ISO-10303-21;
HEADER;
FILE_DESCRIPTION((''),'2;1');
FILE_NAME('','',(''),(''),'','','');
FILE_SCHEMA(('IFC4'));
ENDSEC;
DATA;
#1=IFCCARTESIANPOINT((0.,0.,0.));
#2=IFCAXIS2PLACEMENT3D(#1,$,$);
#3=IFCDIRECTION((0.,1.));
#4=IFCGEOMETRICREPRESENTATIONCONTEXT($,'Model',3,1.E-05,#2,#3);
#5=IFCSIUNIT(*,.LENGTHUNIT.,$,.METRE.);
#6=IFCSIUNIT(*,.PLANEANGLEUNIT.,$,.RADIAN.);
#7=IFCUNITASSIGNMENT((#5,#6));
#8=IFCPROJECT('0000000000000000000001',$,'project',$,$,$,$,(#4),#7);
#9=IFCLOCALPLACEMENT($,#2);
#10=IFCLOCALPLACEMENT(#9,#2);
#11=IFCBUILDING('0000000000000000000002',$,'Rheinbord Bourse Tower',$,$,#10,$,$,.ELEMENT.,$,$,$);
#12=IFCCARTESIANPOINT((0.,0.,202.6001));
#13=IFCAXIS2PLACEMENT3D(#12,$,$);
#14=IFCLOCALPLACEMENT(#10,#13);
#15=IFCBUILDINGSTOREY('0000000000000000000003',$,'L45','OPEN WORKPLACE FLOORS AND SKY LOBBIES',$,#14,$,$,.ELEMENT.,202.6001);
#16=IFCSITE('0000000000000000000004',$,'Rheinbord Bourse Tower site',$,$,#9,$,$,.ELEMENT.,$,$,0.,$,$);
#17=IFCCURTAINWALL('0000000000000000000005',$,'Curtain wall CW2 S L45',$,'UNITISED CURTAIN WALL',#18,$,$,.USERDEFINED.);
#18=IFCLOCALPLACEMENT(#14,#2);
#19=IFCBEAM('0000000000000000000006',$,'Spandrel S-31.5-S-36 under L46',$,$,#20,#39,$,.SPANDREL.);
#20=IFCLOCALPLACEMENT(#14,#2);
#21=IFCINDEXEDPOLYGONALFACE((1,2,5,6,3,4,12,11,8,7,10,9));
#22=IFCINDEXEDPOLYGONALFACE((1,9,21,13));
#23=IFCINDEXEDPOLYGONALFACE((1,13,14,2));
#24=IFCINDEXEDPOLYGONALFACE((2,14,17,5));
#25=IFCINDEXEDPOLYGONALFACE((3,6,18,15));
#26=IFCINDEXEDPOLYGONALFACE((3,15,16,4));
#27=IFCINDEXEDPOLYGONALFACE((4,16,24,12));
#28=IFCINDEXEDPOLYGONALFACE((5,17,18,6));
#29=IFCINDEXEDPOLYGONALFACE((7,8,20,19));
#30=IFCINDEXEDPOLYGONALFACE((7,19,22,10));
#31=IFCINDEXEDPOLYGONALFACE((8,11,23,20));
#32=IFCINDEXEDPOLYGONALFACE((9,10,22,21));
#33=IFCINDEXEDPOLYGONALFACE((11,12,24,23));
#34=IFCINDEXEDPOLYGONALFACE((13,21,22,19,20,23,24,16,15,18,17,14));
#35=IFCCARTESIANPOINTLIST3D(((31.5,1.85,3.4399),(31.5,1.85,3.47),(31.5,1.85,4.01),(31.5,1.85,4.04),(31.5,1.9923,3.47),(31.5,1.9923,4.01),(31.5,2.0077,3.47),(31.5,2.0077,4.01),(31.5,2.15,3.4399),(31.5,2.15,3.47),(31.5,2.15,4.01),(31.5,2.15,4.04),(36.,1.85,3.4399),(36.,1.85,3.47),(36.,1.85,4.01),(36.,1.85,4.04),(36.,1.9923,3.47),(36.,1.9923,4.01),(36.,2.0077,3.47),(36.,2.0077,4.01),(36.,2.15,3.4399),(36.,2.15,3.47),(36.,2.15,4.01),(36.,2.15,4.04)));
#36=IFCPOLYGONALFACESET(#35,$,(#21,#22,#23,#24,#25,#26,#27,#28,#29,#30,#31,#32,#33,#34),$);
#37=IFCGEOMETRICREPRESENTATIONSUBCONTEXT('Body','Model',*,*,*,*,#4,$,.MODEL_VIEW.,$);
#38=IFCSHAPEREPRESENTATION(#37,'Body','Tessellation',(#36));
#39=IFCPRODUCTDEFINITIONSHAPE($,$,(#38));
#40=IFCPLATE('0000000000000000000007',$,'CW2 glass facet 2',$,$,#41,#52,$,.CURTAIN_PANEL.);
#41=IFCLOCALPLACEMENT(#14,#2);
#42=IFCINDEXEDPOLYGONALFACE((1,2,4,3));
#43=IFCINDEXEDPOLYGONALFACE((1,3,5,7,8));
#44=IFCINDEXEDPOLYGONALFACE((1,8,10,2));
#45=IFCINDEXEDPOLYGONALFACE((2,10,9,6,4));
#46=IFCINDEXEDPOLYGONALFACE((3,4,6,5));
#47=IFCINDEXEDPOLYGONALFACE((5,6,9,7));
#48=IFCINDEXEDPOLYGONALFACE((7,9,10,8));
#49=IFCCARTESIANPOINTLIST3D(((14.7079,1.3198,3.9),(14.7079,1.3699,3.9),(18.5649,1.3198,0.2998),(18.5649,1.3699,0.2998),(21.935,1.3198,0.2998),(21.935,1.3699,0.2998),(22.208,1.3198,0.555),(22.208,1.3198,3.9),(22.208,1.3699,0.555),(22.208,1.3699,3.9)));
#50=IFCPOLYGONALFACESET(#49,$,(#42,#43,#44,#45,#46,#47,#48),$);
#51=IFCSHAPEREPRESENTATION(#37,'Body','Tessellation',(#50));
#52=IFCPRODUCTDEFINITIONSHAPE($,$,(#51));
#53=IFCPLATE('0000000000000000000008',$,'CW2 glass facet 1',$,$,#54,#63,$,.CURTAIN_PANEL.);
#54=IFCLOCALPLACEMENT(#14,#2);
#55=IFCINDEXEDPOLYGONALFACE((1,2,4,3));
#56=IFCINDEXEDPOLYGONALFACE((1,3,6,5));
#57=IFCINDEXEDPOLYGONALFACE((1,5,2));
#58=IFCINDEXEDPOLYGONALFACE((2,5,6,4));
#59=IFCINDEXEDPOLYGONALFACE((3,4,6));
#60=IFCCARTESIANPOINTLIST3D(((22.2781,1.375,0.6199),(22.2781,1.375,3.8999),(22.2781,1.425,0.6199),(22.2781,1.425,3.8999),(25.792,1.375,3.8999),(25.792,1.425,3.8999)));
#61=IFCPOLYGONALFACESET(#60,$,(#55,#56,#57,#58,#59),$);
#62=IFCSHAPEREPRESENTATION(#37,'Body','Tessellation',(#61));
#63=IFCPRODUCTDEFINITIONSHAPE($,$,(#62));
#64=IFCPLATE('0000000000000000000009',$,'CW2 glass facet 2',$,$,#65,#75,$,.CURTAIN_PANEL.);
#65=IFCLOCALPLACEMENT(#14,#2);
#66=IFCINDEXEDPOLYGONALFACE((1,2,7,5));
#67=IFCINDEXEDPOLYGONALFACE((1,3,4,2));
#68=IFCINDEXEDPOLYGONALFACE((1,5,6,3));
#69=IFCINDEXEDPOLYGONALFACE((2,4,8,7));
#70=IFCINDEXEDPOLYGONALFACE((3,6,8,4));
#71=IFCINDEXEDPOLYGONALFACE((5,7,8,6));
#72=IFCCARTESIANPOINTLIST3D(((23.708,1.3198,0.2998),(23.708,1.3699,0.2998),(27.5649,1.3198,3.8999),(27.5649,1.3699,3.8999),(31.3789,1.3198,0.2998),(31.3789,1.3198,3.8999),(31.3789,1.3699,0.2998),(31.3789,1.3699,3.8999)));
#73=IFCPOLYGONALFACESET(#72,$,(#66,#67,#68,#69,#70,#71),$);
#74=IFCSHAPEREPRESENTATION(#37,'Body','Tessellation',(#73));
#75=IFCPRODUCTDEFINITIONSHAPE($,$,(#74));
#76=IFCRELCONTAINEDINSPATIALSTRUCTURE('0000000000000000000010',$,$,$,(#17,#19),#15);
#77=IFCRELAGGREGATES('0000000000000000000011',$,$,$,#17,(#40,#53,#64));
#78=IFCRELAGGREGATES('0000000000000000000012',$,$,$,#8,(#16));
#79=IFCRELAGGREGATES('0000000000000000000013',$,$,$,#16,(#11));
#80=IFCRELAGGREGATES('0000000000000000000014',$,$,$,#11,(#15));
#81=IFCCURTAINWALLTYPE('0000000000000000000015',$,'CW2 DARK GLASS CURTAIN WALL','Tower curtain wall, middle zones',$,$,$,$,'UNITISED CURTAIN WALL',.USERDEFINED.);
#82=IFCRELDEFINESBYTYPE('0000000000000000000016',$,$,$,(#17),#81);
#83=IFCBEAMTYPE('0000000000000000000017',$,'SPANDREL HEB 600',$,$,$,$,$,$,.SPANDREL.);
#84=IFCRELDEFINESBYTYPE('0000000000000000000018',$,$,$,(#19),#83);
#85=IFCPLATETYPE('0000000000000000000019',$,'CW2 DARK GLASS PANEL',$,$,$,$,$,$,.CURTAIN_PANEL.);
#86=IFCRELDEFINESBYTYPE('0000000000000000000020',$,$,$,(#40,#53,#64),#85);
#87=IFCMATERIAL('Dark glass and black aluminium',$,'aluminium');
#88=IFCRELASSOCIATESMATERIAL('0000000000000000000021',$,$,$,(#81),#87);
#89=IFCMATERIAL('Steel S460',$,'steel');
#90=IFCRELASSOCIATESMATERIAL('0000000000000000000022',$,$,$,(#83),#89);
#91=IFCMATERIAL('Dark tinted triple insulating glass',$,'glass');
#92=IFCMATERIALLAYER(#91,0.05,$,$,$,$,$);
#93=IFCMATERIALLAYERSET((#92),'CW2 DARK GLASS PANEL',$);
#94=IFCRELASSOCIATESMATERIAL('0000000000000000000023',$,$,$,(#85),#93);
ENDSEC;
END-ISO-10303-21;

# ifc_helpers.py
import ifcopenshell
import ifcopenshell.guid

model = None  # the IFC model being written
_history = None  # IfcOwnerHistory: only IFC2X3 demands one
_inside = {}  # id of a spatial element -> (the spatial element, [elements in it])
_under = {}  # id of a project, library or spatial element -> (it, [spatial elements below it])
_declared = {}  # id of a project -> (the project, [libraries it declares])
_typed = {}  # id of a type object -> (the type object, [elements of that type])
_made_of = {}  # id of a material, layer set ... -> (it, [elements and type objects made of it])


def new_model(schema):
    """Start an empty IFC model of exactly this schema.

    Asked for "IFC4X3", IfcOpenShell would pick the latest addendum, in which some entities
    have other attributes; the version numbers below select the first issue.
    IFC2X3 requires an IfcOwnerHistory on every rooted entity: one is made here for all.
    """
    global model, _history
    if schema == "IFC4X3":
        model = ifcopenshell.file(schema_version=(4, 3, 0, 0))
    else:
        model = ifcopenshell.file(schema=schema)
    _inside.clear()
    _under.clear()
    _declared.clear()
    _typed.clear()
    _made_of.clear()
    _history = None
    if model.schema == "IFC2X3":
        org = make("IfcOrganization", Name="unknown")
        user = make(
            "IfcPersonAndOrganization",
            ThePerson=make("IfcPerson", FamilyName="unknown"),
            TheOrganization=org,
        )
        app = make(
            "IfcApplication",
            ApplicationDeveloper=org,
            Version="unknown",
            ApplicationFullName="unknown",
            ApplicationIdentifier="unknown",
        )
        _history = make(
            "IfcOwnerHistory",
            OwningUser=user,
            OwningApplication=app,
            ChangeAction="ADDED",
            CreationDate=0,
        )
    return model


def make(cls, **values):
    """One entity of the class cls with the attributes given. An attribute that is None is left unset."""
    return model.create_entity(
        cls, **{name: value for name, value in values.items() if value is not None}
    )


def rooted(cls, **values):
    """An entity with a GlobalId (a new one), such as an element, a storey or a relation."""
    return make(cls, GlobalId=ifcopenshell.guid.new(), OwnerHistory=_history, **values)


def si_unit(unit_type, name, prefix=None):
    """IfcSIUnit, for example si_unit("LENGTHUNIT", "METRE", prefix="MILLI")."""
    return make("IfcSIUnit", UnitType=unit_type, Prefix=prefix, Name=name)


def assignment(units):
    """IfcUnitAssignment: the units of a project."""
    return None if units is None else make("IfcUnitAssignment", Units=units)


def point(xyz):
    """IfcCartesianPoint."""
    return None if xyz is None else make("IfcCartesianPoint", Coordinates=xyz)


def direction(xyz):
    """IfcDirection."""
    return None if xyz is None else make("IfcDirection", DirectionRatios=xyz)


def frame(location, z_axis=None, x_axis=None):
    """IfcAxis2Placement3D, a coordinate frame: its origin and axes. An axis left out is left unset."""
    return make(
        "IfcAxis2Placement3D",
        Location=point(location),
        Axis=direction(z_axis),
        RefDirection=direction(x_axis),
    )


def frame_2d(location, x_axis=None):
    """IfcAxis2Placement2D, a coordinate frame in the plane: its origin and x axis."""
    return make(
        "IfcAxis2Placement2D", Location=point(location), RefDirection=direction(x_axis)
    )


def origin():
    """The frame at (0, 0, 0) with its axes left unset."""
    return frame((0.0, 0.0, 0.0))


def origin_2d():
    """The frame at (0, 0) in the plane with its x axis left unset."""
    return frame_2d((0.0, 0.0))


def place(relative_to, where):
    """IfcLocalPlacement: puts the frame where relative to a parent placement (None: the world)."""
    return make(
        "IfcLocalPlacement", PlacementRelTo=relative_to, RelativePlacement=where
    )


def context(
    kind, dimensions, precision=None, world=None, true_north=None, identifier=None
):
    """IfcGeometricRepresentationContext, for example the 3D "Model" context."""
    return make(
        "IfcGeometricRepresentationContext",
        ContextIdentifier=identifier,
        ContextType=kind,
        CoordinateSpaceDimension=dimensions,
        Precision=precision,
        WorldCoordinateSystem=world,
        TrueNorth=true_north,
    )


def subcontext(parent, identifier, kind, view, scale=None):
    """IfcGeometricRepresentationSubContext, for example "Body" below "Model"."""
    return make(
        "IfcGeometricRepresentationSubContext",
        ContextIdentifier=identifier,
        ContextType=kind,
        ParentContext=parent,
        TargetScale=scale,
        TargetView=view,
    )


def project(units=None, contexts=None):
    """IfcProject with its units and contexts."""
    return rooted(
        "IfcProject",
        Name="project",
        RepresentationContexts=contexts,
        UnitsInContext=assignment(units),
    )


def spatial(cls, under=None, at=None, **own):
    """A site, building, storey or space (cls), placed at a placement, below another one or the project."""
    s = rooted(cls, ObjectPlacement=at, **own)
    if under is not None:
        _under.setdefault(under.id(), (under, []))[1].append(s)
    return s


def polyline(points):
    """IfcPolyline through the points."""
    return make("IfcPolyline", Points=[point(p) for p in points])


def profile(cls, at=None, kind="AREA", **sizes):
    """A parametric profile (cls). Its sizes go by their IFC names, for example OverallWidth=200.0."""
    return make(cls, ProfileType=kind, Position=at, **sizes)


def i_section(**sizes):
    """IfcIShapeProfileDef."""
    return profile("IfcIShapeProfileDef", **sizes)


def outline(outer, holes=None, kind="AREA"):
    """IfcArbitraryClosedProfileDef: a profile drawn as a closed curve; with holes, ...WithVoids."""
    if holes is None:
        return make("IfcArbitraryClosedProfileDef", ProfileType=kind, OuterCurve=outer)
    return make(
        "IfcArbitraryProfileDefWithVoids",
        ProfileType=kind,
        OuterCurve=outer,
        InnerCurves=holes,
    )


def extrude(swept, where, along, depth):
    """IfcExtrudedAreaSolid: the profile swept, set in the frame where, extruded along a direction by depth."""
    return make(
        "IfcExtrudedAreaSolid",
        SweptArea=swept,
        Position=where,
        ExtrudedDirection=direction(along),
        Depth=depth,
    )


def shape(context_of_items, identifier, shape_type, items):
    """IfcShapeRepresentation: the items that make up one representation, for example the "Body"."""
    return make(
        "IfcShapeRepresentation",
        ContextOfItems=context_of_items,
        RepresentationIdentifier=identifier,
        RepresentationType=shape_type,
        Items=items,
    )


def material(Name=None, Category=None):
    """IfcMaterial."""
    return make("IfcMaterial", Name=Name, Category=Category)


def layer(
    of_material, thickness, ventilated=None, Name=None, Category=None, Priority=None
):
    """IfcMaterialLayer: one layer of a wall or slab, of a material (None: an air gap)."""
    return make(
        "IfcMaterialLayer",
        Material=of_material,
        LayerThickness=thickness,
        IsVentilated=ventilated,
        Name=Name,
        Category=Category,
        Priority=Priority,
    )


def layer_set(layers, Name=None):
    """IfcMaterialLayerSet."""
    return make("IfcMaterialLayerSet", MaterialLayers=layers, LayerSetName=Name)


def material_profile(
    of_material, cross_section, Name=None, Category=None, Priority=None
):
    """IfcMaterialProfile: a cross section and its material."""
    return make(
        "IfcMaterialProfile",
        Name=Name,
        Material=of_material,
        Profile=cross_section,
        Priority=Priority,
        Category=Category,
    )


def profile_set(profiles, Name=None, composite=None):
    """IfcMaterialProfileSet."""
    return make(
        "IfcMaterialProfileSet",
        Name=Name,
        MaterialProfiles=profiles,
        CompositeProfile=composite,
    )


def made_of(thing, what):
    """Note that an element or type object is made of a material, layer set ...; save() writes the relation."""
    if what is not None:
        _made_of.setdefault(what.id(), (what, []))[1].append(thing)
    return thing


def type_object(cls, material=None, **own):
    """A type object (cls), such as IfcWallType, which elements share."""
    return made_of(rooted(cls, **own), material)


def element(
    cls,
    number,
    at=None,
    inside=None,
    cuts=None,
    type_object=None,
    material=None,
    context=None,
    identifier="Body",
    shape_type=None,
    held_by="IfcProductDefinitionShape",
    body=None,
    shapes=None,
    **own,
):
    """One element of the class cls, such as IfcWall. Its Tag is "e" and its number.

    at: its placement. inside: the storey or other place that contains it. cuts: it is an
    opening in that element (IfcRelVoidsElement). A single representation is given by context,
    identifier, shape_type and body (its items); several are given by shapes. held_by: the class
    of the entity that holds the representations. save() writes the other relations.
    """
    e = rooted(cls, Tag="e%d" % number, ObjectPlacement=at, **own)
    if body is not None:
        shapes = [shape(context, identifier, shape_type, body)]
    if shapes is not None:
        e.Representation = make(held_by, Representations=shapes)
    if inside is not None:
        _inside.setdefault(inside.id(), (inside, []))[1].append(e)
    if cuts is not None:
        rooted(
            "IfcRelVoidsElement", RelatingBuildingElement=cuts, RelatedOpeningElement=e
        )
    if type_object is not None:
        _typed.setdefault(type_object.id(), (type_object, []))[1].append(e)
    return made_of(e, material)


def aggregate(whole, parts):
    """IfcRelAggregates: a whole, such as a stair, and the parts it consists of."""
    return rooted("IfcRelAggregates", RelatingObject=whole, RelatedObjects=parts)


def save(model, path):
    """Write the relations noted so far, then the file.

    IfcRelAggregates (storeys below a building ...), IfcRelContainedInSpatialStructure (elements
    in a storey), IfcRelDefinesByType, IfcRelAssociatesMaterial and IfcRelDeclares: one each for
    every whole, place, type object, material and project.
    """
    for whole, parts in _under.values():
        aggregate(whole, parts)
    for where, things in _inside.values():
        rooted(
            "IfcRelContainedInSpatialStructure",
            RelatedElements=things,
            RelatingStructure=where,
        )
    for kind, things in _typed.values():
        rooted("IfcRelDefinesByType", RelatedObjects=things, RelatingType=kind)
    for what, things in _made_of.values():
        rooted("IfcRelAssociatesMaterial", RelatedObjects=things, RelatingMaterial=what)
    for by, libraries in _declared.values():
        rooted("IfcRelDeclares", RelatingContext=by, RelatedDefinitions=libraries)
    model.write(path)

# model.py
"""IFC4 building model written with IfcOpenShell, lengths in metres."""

from ifc_helpers import new_model, si_unit, direction, frame, origin, origin_2d, place, context, subcontext, project, spatial, polyline, i_section, outline, extrude, material, layer, layer_set, material_profile, profile_set, type_object, element, aggregate, save


model = new_model("IFC4")

# Units and contexts
model_context = context("Model", 3, precision=1e-05, world=origin(), true_north=direction((0.0, 1.0)))
body_context = subcontext(model_context, "Body", "Model", "MODEL_VIEW")
ifc_project = project(units=[si_unit("LENGTHUNIT", "METRE"), si_unit("PLANEANGLEUNIT", "RADIAN")], contexts=[model_context])

# Site, building, storey
site_placement = place(None, origin())
site = spatial("IfcSite", under=ifc_project, at=site_placement, Name="Rheinbord Bourse Tower site", CompositionType="ELEMENT", RefElevation=0.0)
building_placement = place(site_placement, origin())
building = spatial("IfcBuilding", under=site, at=building_placement, Name="Rheinbord Bourse Tower", CompositionType="ELEMENT")
storey_placement = place(building_placement, frame((0.0, 0.0, 202.6001)))
storey = spatial("IfcBuildingStorey", under=building, at=storey_placement, Name="L45", Description="OPEN WORKPLACE FLOORS AND SKY LOBBIES", CompositionType="ELEMENT", Elevation=202.6001)

# Curtain wall
ifc_material_1 = material(Name="Dark glass and black aluminium", Category="aluminium")
curtain_wall_type = type_object("IfcCurtainWallType", Name="CW2 DARK GLASS CURTAIN WALL", Description="Tower curtain wall, middle zones", ElementType="UNITISED CURTAIN WALL", PredefinedType="USERDEFINED", material=ifc_material_1)
curtain_wall_placement = place(storey_placement, origin())
curtain_wall = element("IfcCurtainWall", 1, at=curtain_wall_placement, inside=storey, type_object=curtain_wall_type, Name="Curtain wall CW2 S L45", ObjectType="UNITISED CURTAIN WALL", PredefinedType="USERDEFINED")

# Beam
ifc_material_2 = material(Name="Steel S460", Category="steel")
ifc_material_profile_1 = material_profile(ifc_material_2, i_section(OverallWidth=0.3, OverallDepth=0.6001, WebThickness=0.0154, FlangeThickness=0.03, at=origin_2d()), Name="HEB 600")
ifc_profile_set_1 = profile_set([ifc_material_profile_1], Name="Steel S460")
beam_type_1 = type_object("IfcBeamType", Name="SPANDREL HEB 600", PredefinedType="SPANDREL", material=ifc_profile_set_1)
for number, where, z_axis, x_axis, name in (
    (2, (31.5, 2.0, 3.74), (1.0, 0.0, 0.0), (0.0, 1.0, 0.0), "Spandrel S-31.5-S-36 under L46"),
):
    element("IfcBeam", number, at=place(storey_placement, frame(where, z_axis=z_axis, x_axis=x_axis)), inside=storey, type_object=beam_type_1, Name=name, PredefinedType="SPANDREL", context=body_context, shape_type="SweptSolid", body=[
        extrude(i_section(OverallWidth=0.3, OverallDepth=0.6001, WebThickness=0.0154, FlangeThickness=0.03, at=origin_2d()), origin(), (0.0, 0.0, 1.0), 4.5),
    ])

# Plates
ifc_material_3 = material(Name="Dark tinted triple insulating glass", Category="glass")
ifc_layer = layer(ifc_material_3, 0.05)
ifc_layer_set = layer_set([ifc_layer], Name="CW2 DARK GLASS PANEL")
plate_type = type_object("IfcPlateType", Name="CW2 DARK GLASS PANEL", PredefinedType="CURTAIN_PANEL", material=ifc_layer_set)
plate_1_placement = place(storey_placement, frame((18.5649, 1.3198, 0.2998), z_axis=(0.0, 1.0, 0.0), x_axis=(-0.731028, 0.0, 0.682348)))
plate_1 = element("IfcPlate", 3, at=plate_1_placement, type_object=plate_type, Name="CW2 glass facet 2", PredefinedType="CURTAIN_PANEL", context=body_context, shape_type="SweptSolid", body=[
    extrude(outline(polyline([(0.0, 0.0), (5.2761, 0.0), (-0.2065, 5.1177), (-2.489, 2.6724), (-2.4636, 2.2996), (0.0, 0.0)])), origin(), (0.0, 0.0, 1.0), 0.05),
])
plate_2_placement = place(storey_placement, frame((22.2781, 1.375, 3.8999), z_axis=(0.0, 1.0, 0.0), x_axis=(1.0, 0.0, 0.0)))
plate_2 = element("IfcPlate", 4, at=plate_2_placement, type_object=plate_type, Name="CW2 glass facet 1", PredefinedType="CURTAIN_PANEL", context=body_context, shape_type="SweptSolid", body=[
    extrude(outline(polyline([(0.0, 0.0), (3.5139, 0.0), (0.0, 3.28), (0.0, 0.0)])), origin(), (0.0, 0.0, 1.0), 0.05),
])
plate_3_placement = place(storey_placement, frame((31.3789, 1.3198, 3.8999), z_axis=(0.0, 1.0, 0.0), x_axis=(0.0, 0.0, -1.0)))
plate_3 = element("IfcPlate", 5, at=plate_3_placement, type_object=plate_type, Name="CW2 glass facet 2", PredefinedType="CURTAIN_PANEL", context=body_context, shape_type="SweptSolid", body=[
    extrude(outline(polyline([(0.0, 0.0), (3.6001, 0.0), (3.6001, 7.6709), (0.0, 3.814), (0.0, 0.0)])), origin(), (0.0, 0.0, 1.0), 0.05),
])
aggregate(curtain_wall, [plate_1, plate_2, plate_3])

save(model, "model.ifc")
